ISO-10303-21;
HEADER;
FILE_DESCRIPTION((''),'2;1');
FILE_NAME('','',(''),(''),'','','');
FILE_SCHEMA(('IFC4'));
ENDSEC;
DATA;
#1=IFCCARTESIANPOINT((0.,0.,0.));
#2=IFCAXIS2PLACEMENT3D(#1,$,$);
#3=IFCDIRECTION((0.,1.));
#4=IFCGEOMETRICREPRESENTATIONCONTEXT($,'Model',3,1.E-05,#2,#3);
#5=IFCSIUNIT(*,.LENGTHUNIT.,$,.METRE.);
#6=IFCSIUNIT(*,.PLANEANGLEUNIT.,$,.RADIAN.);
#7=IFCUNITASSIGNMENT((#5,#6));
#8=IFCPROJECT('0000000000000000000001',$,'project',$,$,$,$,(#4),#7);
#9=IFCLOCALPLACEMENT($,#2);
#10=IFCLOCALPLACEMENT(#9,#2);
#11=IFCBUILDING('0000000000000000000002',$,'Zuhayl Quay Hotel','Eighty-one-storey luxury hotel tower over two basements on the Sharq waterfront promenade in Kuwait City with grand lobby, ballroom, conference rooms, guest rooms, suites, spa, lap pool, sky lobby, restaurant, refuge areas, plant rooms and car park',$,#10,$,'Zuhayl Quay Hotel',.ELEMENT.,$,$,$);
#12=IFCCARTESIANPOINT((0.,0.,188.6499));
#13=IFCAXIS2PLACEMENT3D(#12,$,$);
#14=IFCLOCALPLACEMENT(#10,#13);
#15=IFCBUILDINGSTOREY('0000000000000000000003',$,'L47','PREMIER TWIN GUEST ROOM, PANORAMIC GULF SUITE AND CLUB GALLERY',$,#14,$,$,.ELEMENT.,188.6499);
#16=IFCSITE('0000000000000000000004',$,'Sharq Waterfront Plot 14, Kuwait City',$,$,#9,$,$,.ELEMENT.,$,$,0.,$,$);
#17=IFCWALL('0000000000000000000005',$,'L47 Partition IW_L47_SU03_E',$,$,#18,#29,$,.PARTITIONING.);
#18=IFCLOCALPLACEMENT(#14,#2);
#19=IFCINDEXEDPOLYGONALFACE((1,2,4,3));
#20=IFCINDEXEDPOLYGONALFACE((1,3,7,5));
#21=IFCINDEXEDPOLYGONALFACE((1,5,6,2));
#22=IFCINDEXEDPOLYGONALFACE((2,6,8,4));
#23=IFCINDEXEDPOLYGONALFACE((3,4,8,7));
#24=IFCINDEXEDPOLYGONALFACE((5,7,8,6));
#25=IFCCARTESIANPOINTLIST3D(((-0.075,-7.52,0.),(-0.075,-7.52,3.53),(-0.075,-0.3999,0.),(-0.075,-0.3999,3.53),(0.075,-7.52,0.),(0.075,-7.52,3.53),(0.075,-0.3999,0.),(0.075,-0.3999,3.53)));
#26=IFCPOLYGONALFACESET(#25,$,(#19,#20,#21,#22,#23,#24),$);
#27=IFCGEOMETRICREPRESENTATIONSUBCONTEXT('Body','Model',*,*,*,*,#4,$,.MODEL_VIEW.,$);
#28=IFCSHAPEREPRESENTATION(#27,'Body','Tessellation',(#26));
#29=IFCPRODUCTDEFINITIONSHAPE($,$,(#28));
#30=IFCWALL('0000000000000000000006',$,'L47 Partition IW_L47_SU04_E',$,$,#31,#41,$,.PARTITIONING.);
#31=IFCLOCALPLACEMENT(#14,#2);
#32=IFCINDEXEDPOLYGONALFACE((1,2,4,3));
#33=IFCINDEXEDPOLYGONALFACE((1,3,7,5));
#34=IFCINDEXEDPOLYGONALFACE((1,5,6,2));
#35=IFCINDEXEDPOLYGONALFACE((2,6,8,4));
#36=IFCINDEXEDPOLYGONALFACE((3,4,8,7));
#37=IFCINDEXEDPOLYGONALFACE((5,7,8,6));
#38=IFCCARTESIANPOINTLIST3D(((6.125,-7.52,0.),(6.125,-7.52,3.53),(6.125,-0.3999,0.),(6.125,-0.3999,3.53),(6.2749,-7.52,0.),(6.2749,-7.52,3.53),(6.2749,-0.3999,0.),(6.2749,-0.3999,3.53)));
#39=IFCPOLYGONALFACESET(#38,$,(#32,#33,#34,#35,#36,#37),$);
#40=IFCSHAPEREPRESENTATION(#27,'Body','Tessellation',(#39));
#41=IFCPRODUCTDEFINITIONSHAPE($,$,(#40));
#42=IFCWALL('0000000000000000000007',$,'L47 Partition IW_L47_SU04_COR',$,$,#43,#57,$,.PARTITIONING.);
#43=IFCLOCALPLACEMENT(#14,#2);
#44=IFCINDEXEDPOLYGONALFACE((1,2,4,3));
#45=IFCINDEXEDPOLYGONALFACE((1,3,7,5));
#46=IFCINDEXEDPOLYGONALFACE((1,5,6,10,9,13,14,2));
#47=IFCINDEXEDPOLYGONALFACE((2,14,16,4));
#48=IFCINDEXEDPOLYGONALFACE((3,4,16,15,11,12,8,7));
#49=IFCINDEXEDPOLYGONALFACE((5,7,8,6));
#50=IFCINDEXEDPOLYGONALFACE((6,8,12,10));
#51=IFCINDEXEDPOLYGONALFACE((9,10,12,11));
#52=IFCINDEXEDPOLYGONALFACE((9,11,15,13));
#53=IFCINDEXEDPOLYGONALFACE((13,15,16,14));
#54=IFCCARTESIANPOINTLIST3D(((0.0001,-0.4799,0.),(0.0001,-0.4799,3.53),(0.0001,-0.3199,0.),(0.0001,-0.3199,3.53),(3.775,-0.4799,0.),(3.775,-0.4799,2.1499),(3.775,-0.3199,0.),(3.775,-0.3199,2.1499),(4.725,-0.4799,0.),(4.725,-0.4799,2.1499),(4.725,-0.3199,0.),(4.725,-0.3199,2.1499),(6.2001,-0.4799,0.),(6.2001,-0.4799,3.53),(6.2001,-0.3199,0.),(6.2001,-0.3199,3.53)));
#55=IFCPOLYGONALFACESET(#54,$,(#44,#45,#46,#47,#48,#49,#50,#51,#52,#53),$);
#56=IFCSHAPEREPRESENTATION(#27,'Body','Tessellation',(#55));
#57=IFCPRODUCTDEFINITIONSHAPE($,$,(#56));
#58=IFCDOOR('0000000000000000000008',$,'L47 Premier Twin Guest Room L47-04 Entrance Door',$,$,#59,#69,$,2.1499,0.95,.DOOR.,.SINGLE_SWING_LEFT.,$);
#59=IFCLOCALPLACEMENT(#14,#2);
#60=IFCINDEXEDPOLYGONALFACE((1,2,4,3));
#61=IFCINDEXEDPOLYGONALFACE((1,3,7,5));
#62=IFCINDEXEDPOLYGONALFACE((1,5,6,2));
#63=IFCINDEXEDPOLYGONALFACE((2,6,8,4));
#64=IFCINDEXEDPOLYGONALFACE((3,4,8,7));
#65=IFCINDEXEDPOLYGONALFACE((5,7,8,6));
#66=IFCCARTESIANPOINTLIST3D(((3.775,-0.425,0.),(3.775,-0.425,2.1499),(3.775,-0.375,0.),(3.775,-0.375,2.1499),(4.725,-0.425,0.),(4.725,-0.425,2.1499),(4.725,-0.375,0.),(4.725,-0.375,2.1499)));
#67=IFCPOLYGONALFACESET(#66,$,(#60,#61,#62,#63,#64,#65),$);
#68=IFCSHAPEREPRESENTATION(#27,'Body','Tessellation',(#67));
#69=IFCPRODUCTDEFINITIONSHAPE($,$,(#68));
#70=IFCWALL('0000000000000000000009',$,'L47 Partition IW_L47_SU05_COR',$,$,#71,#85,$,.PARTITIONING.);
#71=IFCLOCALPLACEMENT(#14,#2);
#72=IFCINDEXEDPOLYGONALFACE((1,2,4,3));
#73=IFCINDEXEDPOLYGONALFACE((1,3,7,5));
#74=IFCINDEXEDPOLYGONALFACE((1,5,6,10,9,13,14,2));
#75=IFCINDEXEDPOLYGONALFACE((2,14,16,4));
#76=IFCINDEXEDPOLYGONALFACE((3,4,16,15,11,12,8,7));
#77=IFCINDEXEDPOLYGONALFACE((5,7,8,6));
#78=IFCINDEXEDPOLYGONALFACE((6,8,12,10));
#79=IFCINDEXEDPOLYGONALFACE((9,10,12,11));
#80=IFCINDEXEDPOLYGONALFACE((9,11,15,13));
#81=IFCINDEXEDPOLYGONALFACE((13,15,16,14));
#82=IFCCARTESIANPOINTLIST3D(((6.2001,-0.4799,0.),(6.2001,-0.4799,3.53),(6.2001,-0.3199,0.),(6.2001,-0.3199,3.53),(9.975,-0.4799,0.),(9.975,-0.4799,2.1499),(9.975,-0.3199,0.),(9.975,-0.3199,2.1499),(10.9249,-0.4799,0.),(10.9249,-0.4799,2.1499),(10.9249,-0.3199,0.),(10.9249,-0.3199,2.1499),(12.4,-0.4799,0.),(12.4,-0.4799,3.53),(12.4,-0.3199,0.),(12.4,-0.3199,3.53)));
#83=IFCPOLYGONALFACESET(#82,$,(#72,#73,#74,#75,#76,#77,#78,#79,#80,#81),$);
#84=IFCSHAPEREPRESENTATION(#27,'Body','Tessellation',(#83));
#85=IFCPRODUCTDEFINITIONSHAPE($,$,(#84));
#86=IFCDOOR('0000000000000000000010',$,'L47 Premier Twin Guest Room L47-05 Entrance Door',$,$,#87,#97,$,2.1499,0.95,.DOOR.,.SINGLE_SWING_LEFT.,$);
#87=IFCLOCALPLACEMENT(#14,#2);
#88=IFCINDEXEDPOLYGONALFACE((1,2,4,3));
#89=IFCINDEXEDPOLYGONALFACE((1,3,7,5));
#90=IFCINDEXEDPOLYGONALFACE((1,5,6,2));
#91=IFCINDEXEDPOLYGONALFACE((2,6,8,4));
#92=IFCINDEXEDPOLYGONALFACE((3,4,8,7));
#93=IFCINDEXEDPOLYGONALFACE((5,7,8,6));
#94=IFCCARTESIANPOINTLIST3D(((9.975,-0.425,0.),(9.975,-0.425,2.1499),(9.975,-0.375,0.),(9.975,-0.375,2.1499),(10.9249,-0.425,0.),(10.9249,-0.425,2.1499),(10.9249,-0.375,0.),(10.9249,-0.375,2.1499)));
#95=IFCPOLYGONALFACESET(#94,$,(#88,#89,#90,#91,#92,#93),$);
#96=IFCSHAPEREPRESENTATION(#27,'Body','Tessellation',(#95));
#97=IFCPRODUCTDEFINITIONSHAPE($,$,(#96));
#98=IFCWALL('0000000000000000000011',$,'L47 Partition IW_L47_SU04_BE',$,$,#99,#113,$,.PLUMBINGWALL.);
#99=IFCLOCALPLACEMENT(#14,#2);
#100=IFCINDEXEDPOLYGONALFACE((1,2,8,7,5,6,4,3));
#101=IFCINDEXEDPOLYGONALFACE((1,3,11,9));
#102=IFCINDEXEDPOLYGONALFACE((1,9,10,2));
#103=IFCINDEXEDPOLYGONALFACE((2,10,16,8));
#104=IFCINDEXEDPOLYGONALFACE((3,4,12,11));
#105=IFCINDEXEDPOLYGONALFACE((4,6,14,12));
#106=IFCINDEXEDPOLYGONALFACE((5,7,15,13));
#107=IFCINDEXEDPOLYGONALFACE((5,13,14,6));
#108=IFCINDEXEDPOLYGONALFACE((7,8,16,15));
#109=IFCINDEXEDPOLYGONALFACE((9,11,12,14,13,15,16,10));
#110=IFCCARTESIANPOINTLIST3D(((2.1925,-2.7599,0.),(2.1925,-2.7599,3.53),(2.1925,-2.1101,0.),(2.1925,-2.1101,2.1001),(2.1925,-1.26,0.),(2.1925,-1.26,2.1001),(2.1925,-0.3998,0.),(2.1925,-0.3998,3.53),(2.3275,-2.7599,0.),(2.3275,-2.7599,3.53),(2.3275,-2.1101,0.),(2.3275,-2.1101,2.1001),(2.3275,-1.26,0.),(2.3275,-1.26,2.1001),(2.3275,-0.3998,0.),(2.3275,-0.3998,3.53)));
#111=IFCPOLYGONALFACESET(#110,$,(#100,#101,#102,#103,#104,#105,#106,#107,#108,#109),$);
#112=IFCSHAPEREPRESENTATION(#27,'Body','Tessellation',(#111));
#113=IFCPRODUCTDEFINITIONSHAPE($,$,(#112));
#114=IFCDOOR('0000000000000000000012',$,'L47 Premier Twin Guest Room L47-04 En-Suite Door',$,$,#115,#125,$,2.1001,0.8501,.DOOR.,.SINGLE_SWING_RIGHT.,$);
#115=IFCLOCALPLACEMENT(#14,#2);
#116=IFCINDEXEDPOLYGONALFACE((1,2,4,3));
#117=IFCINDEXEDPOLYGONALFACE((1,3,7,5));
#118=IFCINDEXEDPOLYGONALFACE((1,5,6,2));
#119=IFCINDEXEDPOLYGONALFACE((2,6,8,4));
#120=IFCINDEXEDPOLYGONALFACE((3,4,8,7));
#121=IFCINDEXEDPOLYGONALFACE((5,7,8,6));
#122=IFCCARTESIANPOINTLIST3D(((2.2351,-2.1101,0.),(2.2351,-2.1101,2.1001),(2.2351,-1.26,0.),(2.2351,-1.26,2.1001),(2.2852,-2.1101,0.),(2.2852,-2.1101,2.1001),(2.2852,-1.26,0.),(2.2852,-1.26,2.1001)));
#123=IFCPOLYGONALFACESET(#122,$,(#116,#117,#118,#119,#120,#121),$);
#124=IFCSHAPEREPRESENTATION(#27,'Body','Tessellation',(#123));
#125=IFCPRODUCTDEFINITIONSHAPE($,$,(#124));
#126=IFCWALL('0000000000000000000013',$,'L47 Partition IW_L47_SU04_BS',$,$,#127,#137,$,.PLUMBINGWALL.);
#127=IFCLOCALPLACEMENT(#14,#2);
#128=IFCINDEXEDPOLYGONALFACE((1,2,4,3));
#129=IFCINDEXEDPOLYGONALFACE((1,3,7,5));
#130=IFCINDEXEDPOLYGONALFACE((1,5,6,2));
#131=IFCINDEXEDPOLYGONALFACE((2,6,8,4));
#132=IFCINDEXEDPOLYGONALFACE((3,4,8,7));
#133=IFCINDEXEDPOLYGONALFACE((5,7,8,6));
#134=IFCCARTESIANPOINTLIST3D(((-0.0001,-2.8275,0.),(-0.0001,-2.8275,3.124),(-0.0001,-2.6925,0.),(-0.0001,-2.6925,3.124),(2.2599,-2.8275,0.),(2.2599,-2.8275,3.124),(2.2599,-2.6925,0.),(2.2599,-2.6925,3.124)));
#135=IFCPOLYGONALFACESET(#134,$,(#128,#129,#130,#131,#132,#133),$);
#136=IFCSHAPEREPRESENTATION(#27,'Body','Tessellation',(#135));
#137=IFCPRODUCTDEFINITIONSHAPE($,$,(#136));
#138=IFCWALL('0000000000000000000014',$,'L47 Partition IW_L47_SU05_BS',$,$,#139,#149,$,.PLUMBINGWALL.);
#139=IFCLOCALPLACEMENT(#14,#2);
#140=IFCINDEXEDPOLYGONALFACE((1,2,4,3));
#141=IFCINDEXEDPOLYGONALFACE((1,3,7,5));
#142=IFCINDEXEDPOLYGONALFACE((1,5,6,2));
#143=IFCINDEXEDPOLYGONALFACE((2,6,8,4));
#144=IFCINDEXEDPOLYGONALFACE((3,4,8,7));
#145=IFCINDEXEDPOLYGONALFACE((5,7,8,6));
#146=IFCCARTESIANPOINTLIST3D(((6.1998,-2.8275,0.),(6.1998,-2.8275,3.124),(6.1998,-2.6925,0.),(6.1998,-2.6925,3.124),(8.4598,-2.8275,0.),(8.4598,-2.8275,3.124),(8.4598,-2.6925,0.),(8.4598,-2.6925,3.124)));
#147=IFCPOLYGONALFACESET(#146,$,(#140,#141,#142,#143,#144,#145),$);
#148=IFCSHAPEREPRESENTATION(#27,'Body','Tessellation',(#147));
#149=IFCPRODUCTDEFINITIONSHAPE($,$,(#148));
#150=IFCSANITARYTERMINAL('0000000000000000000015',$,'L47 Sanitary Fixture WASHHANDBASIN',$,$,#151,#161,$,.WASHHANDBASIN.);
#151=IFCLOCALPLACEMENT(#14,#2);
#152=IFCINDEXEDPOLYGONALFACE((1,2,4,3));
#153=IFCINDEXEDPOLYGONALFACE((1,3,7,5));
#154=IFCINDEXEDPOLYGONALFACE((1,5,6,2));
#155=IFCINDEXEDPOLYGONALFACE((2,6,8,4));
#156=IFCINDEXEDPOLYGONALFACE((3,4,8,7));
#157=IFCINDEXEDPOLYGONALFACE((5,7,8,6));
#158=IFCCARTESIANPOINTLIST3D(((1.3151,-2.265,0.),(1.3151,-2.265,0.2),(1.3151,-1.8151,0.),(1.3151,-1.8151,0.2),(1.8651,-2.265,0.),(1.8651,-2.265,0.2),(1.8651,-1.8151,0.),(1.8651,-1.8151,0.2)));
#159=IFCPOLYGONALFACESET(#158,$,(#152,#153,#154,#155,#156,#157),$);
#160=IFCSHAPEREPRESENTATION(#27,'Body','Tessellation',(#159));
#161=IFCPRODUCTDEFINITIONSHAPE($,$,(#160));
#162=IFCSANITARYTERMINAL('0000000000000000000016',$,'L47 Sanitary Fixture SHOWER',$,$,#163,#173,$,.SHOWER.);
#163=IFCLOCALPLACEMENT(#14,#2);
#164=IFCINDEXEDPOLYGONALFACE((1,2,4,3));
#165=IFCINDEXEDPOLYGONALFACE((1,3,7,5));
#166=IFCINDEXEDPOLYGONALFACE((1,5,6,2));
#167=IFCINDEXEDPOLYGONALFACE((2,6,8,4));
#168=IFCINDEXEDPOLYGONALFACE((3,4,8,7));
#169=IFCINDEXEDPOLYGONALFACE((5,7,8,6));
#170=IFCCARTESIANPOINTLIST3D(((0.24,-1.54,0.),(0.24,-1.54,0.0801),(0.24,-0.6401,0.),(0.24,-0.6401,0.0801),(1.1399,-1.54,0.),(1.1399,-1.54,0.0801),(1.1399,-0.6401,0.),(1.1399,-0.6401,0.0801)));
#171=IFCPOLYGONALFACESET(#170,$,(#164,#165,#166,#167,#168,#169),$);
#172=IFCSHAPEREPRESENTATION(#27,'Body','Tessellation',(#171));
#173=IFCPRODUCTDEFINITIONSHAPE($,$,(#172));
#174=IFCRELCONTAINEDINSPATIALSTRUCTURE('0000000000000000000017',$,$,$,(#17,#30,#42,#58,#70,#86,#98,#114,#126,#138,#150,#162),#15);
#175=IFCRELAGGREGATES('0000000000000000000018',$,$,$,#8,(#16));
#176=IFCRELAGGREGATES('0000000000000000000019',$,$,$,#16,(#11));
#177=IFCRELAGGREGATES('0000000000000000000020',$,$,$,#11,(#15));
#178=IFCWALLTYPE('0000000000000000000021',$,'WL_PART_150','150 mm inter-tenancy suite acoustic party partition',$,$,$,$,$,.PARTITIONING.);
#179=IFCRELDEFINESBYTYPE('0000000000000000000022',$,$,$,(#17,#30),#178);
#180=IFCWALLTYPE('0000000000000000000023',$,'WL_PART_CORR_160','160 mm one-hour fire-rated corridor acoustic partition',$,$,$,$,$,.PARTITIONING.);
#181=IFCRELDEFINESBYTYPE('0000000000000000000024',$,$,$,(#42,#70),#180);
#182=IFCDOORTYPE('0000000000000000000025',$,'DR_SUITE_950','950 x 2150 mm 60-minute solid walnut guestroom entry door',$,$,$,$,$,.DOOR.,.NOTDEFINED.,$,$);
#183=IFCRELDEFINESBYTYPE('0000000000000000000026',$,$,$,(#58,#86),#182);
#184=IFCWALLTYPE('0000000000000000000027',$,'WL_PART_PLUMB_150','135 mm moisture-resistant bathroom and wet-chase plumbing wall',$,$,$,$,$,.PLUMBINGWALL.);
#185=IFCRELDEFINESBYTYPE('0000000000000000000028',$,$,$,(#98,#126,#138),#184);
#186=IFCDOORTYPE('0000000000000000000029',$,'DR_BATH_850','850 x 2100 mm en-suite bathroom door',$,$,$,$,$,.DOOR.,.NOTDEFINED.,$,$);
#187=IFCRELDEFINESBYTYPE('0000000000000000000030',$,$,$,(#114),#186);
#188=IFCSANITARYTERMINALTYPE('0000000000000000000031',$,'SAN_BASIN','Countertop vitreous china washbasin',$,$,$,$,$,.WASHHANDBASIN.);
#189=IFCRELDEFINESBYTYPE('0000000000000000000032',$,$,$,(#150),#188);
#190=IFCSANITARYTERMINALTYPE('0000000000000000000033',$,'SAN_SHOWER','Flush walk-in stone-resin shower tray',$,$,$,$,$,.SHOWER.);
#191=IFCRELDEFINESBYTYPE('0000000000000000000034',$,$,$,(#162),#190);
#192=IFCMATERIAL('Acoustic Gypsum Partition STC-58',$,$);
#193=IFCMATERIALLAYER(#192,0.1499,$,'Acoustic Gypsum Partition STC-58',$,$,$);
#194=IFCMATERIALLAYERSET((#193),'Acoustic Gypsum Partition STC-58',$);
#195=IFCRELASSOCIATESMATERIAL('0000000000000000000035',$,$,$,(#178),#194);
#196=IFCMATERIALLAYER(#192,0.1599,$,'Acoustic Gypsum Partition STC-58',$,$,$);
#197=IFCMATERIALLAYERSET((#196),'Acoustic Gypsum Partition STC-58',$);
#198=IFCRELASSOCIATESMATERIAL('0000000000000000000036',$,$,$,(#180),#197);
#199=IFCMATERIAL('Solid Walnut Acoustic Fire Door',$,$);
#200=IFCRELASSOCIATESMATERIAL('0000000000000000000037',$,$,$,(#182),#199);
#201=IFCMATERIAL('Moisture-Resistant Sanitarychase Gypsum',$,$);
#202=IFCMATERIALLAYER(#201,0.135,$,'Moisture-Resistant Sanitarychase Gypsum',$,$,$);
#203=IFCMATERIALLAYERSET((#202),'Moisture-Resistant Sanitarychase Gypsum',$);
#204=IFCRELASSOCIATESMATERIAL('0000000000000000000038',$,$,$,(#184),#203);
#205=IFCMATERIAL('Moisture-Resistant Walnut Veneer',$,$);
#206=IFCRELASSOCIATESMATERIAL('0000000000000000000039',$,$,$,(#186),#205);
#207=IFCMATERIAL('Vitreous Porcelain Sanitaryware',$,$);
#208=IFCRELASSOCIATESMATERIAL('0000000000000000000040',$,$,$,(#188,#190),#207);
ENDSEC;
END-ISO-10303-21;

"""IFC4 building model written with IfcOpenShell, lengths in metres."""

from ifc_helpers import new_model, si_unit, direction, frame, frame_2d, origin, origin_2d, place, context, subcontext, project, spatial, rectangle, extrude, material, layer, layer_set, type_object, element, fill, save


model = new_model("IFC4")

# Units and contexts
model_context = context("Model", 3, precision=1e-05, world=origin(), true_north=direction((0.0, 1.0)))
body_context = subcontext(model_context, "Body", "Model", "MODEL_VIEW")
ifc_project = project(units=[si_unit("LENGTHUNIT", "METRE"), si_unit("PLANEANGLEUNIT", "RADIAN")], contexts=[model_context])

# Site, building, storey
site_placement = place(None, origin())
site = spatial("IfcSite", under=ifc_project, at=site_placement, Name="Sharq Waterfront Plot 14, Kuwait City", CompositionType="ELEMENT", RefElevation=0.0)
building_placement = place(site_placement, origin())
building = spatial("IfcBuilding", under=site, at=building_placement, Name="Zuhayl Quay Hotel", Description="Eighty-one-storey luxury hotel tower over two basements on the Sharq waterfront promenade in Kuwait City with grand lobby, ballroom, conference rooms, guest rooms, suites, spa, lap pool, sky lobby, restaurant, refuge areas, plant rooms and car park", LongName="Zuhayl Quay Hotel", CompositionType="ELEMENT")
storey_placement = place(building_placement, frame((0.0, 0.0, 188.6499)))
storey = spatial("IfcBuildingStorey", under=building, at=storey_placement, Name="L47", Description="PREMIER TWIN GUEST ROOM, PANORAMIC GULF SUITE AND CLUB GALLERY", CompositionType="ELEMENT", Elevation=188.6499)

# Walls
ifc_material_1 = material(Name="Acoustic Gypsum Partition STC-58")
ifc_layer_1 = layer(ifc_material_1, 0.1499, Name="Acoustic Gypsum Partition STC-58")
ifc_layer_set_1 = layer_set([ifc_layer_1], Name="Acoustic Gypsum Partition STC-58")
wall_type_1 = type_object("IfcWallType", Name="WL_PART_150", Description="150 mm inter-tenancy suite acoustic party partition", PredefinedType="PARTITIONING", material=ifc_layer_set_1)
for number, where, z_axis, x_axis, name in (
    (1, (0.0, -7.52, 0.0), (0.0, 0.0, 1.0), (0.0, 1.0, 0.0), "L47 Partition IW_L47_SU03_E"),
    (2, (6.2, -7.52, 0.0), (0.0, 0.0, 1.0), (0.0, 1.0, 0.0), "L47 Partition IW_L47_SU04_E"),
):
    element("IfcWall", number, at=place(storey_placement, frame(where, z_axis=z_axis, x_axis=x_axis)), inside=storey, type_object=wall_type_1, Name=name, PredefinedType="PARTITIONING", context=body_context, shape_type="SweptSolid", body=[
        extrude(rectangle(XDim=7.1201, YDim=0.1499, at=frame_2d((3.5601, 0.0))), origin(), (0.0, 0.0, 1.0), 3.53),
    ])

# Walls, openings, doors
ifc_layer_2 = layer(ifc_material_1, 0.1599, Name="Acoustic Gypsum Partition STC-58")
ifc_layer_set_2 = layer_set([ifc_layer_2], Name="Acoustic Gypsum Partition STC-58")
wall_type_2 = type_object("IfcWallType", Name="WL_PART_CORR_160", Description="160 mm one-hour fire-rated corridor acoustic partition", PredefinedType="PARTITIONING", material=ifc_layer_set_2)
wall_1_placement = place(storey_placement, frame((0.0, -0.3999, 0.0), z_axis=(0.0, 0.0, 1.0), x_axis=(1.0, 0.0, 0.0)))
wall_1 = element("IfcWall", 3, at=wall_1_placement, inside=storey, type_object=wall_type_2, Name="L47 Partition IW_L47_SU04_COR", PredefinedType="PARTITIONING", context=body_context, shape_type="SweptSolid", body=[
    extrude(rectangle(XDim=6.2, YDim=0.1599, at=frame_2d((3.1001, 0.0))), origin(), (0.0, 0.0, 1.0), 3.53),
])
opening_1_placement = place(wall_1_placement, frame((3.7749, 0.0, 0.0)))
opening_1 = element("IfcOpeningElement", 4, at=opening_1_placement, cuts=wall_1, PredefinedType="OPENING", context=body_context, shape_type="SweptSolid", body=[
    extrude(rectangle(XDim=0.95, YDim=2.1499, at=frame_2d((0.4751, 1.075))), frame((0.0, 0.0898, 0.0), z_axis=(0.0, -1.0, 0.0), x_axis=(1.0, 0.0, 0.0)), (0.0, 0.0, 1.0), 0.1799),
])
ifc_material_2 = material(Name="Solid Walnut Acoustic Fire Door")
door_type_1 = type_object("IfcDoorType", Name="DR_SUITE_950", Description="950 x 2150 mm 60-minute solid walnut guestroom entry door", OperationType="NOTDEFINED", PredefinedType="DOOR", material=ifc_material_2)
door_1_placement = place(opening_1_placement, origin())
door_1 = element("IfcDoor", 5, at=door_1_placement, inside=storey, type_object=door_type_1, Name="L47 Premier Twin Guest Room L47-04 Entrance Door", OperationType="SINGLE_SWING_LEFT", OverallHeight=2.1499, OverallWidth=0.95, PredefinedType="DOOR", context=body_context, shape_type="SweptSolid", body=[
    extrude(rectangle(XDim=0.95, YDim=2.1499, at=frame_2d((0.4751, 1.075))), frame((0.0, 0.0249, 0.0), z_axis=(0.0, -1.0, 0.0), x_axis=(1.0, 0.0, 0.0)), (0.0, 0.0, 1.0), 0.05),
])
fill(opening_1, door_1)
wall_2_placement = place(storey_placement, frame((6.2, -0.3999, 0.0), z_axis=(0.0, 0.0, 1.0), x_axis=(1.0, 0.0, 0.0)))
wall_2 = element("IfcWall", 6, at=wall_2_placement, inside=storey, type_object=wall_type_2, Name="L47 Partition IW_L47_SU05_COR", PredefinedType="PARTITIONING", context=body_context, shape_type="SweptSolid", body=[
    extrude(rectangle(XDim=6.2, YDim=0.1599, at=frame_2d((3.1001, 0.0))), origin(), (0.0, 0.0, 1.0), 3.53),
])
opening_2_placement = place(wall_2_placement, frame((3.7749, 0.0, 0.0)))
opening_2 = element("IfcOpeningElement", 7, at=opening_2_placement, cuts=wall_2, PredefinedType="OPENING", context=body_context, shape_type="SweptSolid", body=[
    extrude(rectangle(XDim=0.95, YDim=2.1499, at=frame_2d((0.4751, 1.075))), frame((0.0, 0.0898, 0.0), z_axis=(0.0, -1.0, 0.0), x_axis=(1.0, 0.0, 0.0)), (0.0, 0.0, 1.0), 0.1799),
])
door_2_placement = place(opening_2_placement, origin())
door_2 = element("IfcDoor", 8, at=door_2_placement, inside=storey, type_object=door_type_1, Name="L47 Premier Twin Guest Room L47-05 Entrance Door", OperationType="SINGLE_SWING_LEFT", OverallHeight=2.1499, OverallWidth=0.95, PredefinedType="DOOR", context=body_context, shape_type="SweptSolid", body=[
    extrude(rectangle(XDim=0.95, YDim=2.1499, at=frame_2d((0.4751, 1.075))), frame((0.0, 0.0249, 0.0), z_axis=(0.0, -1.0, 0.0), x_axis=(1.0, 0.0, 0.0)), (0.0, 0.0, 1.0), 0.05),
])
fill(opening_2, door_2)
ifc_material_3 = material(Name="Moisture-Resistant Sanitarychase Gypsum")
ifc_layer_3 = layer(ifc_material_3, 0.135, Name="Moisture-Resistant Sanitarychase Gypsum")
ifc_layer_set_3 = layer_set([ifc_layer_3], Name="Moisture-Resistant Sanitarychase Gypsum")
wall_type_3 = type_object("IfcWallType", Name="WL_PART_PLUMB_150", Description="135 mm moisture-resistant bathroom and wet-chase plumbing wall", PredefinedType="PLUMBINGWALL", material=ifc_layer_set_3)
wall_3_placement = place(storey_placement, frame((2.26, -2.76, 0.0), z_axis=(0.0, 0.0, 1.0), x_axis=(0.0, 1.0, 0.0)))
wall_3 = element("IfcWall", 9, at=wall_3_placement, inside=storey, type_object=wall_type_3, Name="L47 Partition IW_L47_SU04_BE", PredefinedType="PLUMBINGWALL", context=body_context, shape_type="SweptSolid", body=[
    extrude(rectangle(XDim=2.3601, YDim=0.135, at=frame_2d((1.1802, 0.0))), origin(), (0.0, 0.0, 1.0), 3.53),
])
opening_3_placement = place(wall_3_placement, frame((0.6499, 0.0, 0.0)))
opening_3 = element("IfcOpeningElement", 10, at=opening_3_placement, cuts=wall_3, PredefinedType="OPENING", context=body_context, shape_type="SweptSolid", body=[
    extrude(rectangle(XDim=0.8501, YDim=2.1001, at=frame_2d((0.425, 1.05))), frame((0.0, 0.0774, 0.0), z_axis=(0.0, -1.0, 0.0), x_axis=(1.0, 0.0, 0.0)), (0.0, 0.0, 1.0), 0.155),
])
ifc_material_4 = material(Name="Moisture-Resistant Walnut Veneer")
door_type_2 = type_object("IfcDoorType", Name="DR_BATH_850", Description="850 x 2100 mm en-suite bathroom door", OperationType="NOTDEFINED", PredefinedType="DOOR", material=ifc_material_4)
door_3_placement = place(opening_3_placement, origin())
door_3 = element("IfcDoor", 11, at=door_3_placement, inside=storey, type_object=door_type_2, Name="L47 Premier Twin Guest Room L47-04 En-Suite Door", OperationType="SINGLE_SWING_RIGHT", OverallHeight=2.1001, OverallWidth=0.8501, PredefinedType="DOOR", context=body_context, shape_type="SweptSolid", body=[
    extrude(rectangle(XDim=0.8501, YDim=2.1001, at=frame_2d((0.425, 1.05))), frame((0.0, 0.0249, 0.0), z_axis=(0.0, -1.0, 0.0), x_axis=(1.0, 0.0, 0.0)), (0.0, 0.0, 1.0), 0.05),
])
fill(opening_3, door_3)

# Walls
for number, where, z_axis, x_axis, name in (
    (12, (0.0, -2.76, 0.0), (0.0, 0.0, 1.0), (1.0, 0.0, 0.0), "L47 Partition IW_L47_SU04_BS"),
    (13, (6.2, -2.76, 0.0), (0.0, 0.0, 1.0), (1.0, 0.0, 0.0), "L47 Partition IW_L47_SU05_BS"),
):
    element("IfcWall", number, at=place(storey_placement, frame(where, z_axis=z_axis, x_axis=x_axis)), inside=storey, type_object=wall_type_3, Name=name, PredefinedType="PLUMBINGWALL", context=body_context, shape_type="SweptSolid", body=[
        extrude(rectangle(XDim=2.26, YDim=0.135, at=frame_2d((1.1299, 0.0))), origin(), (0.0, 0.0, 1.0), 3.124),
    ])

# Sanitary terminals
ifc_material_5 = material(Name="Vitreous Porcelain Sanitaryware")
sanitary_terminal_type_1 = type_object("IfcSanitaryTerminalType", Name="SAN_BASIN", Description="Countertop vitreous china washbasin", PredefinedType="WASHHANDBASIN", material=ifc_material_5)
sanitary_terminal_1_placement = place(storey_placement, frame((1.5901, -2.04, 0.0), z_axis=(0.0, 0.0, 1.0), x_axis=(1.0, 0.0, 0.0)))
element("IfcSanitaryTerminal", 14, at=sanitary_terminal_1_placement, inside=storey, type_object=sanitary_terminal_type_1, Name="L47 Sanitary Fixture WASHHANDBASIN", PredefinedType="WASHHANDBASIN", context=body_context, shape_type="SweptSolid", body=[
    extrude(rectangle(XDim=0.55, YDim=0.45, at=origin_2d()), origin(), (0.0, 0.0, 1.0), 0.2),
])
sanitary_terminal_type_2 = type_object("IfcSanitaryTerminalType", Name="SAN_SHOWER", Description="Flush walk-in stone-resin shower tray", PredefinedType="SHOWER", material=ifc_material_5)
sanitary_terminal_2_placement = place(storey_placement, frame((0.6899, -1.0901, 0.0), z_axis=(0.0, 0.0, 1.0), x_axis=(1.0, 0.0, 0.0)))
element("IfcSanitaryTerminal", 15, at=sanitary_terminal_2_placement, inside=storey, type_object=sanitary_terminal_type_2, Name="L47 Sanitary Fixture SHOWER", PredefinedType="SHOWER", context=body_context, shape_type="SweptSolid", body=[
    extrude(rectangle(XDim=0.8999, YDim=0.8999, at=origin_2d()), origin(), (0.0, 0.0, 1.0), 0.0801),
])

save(model, "model.ifc")
